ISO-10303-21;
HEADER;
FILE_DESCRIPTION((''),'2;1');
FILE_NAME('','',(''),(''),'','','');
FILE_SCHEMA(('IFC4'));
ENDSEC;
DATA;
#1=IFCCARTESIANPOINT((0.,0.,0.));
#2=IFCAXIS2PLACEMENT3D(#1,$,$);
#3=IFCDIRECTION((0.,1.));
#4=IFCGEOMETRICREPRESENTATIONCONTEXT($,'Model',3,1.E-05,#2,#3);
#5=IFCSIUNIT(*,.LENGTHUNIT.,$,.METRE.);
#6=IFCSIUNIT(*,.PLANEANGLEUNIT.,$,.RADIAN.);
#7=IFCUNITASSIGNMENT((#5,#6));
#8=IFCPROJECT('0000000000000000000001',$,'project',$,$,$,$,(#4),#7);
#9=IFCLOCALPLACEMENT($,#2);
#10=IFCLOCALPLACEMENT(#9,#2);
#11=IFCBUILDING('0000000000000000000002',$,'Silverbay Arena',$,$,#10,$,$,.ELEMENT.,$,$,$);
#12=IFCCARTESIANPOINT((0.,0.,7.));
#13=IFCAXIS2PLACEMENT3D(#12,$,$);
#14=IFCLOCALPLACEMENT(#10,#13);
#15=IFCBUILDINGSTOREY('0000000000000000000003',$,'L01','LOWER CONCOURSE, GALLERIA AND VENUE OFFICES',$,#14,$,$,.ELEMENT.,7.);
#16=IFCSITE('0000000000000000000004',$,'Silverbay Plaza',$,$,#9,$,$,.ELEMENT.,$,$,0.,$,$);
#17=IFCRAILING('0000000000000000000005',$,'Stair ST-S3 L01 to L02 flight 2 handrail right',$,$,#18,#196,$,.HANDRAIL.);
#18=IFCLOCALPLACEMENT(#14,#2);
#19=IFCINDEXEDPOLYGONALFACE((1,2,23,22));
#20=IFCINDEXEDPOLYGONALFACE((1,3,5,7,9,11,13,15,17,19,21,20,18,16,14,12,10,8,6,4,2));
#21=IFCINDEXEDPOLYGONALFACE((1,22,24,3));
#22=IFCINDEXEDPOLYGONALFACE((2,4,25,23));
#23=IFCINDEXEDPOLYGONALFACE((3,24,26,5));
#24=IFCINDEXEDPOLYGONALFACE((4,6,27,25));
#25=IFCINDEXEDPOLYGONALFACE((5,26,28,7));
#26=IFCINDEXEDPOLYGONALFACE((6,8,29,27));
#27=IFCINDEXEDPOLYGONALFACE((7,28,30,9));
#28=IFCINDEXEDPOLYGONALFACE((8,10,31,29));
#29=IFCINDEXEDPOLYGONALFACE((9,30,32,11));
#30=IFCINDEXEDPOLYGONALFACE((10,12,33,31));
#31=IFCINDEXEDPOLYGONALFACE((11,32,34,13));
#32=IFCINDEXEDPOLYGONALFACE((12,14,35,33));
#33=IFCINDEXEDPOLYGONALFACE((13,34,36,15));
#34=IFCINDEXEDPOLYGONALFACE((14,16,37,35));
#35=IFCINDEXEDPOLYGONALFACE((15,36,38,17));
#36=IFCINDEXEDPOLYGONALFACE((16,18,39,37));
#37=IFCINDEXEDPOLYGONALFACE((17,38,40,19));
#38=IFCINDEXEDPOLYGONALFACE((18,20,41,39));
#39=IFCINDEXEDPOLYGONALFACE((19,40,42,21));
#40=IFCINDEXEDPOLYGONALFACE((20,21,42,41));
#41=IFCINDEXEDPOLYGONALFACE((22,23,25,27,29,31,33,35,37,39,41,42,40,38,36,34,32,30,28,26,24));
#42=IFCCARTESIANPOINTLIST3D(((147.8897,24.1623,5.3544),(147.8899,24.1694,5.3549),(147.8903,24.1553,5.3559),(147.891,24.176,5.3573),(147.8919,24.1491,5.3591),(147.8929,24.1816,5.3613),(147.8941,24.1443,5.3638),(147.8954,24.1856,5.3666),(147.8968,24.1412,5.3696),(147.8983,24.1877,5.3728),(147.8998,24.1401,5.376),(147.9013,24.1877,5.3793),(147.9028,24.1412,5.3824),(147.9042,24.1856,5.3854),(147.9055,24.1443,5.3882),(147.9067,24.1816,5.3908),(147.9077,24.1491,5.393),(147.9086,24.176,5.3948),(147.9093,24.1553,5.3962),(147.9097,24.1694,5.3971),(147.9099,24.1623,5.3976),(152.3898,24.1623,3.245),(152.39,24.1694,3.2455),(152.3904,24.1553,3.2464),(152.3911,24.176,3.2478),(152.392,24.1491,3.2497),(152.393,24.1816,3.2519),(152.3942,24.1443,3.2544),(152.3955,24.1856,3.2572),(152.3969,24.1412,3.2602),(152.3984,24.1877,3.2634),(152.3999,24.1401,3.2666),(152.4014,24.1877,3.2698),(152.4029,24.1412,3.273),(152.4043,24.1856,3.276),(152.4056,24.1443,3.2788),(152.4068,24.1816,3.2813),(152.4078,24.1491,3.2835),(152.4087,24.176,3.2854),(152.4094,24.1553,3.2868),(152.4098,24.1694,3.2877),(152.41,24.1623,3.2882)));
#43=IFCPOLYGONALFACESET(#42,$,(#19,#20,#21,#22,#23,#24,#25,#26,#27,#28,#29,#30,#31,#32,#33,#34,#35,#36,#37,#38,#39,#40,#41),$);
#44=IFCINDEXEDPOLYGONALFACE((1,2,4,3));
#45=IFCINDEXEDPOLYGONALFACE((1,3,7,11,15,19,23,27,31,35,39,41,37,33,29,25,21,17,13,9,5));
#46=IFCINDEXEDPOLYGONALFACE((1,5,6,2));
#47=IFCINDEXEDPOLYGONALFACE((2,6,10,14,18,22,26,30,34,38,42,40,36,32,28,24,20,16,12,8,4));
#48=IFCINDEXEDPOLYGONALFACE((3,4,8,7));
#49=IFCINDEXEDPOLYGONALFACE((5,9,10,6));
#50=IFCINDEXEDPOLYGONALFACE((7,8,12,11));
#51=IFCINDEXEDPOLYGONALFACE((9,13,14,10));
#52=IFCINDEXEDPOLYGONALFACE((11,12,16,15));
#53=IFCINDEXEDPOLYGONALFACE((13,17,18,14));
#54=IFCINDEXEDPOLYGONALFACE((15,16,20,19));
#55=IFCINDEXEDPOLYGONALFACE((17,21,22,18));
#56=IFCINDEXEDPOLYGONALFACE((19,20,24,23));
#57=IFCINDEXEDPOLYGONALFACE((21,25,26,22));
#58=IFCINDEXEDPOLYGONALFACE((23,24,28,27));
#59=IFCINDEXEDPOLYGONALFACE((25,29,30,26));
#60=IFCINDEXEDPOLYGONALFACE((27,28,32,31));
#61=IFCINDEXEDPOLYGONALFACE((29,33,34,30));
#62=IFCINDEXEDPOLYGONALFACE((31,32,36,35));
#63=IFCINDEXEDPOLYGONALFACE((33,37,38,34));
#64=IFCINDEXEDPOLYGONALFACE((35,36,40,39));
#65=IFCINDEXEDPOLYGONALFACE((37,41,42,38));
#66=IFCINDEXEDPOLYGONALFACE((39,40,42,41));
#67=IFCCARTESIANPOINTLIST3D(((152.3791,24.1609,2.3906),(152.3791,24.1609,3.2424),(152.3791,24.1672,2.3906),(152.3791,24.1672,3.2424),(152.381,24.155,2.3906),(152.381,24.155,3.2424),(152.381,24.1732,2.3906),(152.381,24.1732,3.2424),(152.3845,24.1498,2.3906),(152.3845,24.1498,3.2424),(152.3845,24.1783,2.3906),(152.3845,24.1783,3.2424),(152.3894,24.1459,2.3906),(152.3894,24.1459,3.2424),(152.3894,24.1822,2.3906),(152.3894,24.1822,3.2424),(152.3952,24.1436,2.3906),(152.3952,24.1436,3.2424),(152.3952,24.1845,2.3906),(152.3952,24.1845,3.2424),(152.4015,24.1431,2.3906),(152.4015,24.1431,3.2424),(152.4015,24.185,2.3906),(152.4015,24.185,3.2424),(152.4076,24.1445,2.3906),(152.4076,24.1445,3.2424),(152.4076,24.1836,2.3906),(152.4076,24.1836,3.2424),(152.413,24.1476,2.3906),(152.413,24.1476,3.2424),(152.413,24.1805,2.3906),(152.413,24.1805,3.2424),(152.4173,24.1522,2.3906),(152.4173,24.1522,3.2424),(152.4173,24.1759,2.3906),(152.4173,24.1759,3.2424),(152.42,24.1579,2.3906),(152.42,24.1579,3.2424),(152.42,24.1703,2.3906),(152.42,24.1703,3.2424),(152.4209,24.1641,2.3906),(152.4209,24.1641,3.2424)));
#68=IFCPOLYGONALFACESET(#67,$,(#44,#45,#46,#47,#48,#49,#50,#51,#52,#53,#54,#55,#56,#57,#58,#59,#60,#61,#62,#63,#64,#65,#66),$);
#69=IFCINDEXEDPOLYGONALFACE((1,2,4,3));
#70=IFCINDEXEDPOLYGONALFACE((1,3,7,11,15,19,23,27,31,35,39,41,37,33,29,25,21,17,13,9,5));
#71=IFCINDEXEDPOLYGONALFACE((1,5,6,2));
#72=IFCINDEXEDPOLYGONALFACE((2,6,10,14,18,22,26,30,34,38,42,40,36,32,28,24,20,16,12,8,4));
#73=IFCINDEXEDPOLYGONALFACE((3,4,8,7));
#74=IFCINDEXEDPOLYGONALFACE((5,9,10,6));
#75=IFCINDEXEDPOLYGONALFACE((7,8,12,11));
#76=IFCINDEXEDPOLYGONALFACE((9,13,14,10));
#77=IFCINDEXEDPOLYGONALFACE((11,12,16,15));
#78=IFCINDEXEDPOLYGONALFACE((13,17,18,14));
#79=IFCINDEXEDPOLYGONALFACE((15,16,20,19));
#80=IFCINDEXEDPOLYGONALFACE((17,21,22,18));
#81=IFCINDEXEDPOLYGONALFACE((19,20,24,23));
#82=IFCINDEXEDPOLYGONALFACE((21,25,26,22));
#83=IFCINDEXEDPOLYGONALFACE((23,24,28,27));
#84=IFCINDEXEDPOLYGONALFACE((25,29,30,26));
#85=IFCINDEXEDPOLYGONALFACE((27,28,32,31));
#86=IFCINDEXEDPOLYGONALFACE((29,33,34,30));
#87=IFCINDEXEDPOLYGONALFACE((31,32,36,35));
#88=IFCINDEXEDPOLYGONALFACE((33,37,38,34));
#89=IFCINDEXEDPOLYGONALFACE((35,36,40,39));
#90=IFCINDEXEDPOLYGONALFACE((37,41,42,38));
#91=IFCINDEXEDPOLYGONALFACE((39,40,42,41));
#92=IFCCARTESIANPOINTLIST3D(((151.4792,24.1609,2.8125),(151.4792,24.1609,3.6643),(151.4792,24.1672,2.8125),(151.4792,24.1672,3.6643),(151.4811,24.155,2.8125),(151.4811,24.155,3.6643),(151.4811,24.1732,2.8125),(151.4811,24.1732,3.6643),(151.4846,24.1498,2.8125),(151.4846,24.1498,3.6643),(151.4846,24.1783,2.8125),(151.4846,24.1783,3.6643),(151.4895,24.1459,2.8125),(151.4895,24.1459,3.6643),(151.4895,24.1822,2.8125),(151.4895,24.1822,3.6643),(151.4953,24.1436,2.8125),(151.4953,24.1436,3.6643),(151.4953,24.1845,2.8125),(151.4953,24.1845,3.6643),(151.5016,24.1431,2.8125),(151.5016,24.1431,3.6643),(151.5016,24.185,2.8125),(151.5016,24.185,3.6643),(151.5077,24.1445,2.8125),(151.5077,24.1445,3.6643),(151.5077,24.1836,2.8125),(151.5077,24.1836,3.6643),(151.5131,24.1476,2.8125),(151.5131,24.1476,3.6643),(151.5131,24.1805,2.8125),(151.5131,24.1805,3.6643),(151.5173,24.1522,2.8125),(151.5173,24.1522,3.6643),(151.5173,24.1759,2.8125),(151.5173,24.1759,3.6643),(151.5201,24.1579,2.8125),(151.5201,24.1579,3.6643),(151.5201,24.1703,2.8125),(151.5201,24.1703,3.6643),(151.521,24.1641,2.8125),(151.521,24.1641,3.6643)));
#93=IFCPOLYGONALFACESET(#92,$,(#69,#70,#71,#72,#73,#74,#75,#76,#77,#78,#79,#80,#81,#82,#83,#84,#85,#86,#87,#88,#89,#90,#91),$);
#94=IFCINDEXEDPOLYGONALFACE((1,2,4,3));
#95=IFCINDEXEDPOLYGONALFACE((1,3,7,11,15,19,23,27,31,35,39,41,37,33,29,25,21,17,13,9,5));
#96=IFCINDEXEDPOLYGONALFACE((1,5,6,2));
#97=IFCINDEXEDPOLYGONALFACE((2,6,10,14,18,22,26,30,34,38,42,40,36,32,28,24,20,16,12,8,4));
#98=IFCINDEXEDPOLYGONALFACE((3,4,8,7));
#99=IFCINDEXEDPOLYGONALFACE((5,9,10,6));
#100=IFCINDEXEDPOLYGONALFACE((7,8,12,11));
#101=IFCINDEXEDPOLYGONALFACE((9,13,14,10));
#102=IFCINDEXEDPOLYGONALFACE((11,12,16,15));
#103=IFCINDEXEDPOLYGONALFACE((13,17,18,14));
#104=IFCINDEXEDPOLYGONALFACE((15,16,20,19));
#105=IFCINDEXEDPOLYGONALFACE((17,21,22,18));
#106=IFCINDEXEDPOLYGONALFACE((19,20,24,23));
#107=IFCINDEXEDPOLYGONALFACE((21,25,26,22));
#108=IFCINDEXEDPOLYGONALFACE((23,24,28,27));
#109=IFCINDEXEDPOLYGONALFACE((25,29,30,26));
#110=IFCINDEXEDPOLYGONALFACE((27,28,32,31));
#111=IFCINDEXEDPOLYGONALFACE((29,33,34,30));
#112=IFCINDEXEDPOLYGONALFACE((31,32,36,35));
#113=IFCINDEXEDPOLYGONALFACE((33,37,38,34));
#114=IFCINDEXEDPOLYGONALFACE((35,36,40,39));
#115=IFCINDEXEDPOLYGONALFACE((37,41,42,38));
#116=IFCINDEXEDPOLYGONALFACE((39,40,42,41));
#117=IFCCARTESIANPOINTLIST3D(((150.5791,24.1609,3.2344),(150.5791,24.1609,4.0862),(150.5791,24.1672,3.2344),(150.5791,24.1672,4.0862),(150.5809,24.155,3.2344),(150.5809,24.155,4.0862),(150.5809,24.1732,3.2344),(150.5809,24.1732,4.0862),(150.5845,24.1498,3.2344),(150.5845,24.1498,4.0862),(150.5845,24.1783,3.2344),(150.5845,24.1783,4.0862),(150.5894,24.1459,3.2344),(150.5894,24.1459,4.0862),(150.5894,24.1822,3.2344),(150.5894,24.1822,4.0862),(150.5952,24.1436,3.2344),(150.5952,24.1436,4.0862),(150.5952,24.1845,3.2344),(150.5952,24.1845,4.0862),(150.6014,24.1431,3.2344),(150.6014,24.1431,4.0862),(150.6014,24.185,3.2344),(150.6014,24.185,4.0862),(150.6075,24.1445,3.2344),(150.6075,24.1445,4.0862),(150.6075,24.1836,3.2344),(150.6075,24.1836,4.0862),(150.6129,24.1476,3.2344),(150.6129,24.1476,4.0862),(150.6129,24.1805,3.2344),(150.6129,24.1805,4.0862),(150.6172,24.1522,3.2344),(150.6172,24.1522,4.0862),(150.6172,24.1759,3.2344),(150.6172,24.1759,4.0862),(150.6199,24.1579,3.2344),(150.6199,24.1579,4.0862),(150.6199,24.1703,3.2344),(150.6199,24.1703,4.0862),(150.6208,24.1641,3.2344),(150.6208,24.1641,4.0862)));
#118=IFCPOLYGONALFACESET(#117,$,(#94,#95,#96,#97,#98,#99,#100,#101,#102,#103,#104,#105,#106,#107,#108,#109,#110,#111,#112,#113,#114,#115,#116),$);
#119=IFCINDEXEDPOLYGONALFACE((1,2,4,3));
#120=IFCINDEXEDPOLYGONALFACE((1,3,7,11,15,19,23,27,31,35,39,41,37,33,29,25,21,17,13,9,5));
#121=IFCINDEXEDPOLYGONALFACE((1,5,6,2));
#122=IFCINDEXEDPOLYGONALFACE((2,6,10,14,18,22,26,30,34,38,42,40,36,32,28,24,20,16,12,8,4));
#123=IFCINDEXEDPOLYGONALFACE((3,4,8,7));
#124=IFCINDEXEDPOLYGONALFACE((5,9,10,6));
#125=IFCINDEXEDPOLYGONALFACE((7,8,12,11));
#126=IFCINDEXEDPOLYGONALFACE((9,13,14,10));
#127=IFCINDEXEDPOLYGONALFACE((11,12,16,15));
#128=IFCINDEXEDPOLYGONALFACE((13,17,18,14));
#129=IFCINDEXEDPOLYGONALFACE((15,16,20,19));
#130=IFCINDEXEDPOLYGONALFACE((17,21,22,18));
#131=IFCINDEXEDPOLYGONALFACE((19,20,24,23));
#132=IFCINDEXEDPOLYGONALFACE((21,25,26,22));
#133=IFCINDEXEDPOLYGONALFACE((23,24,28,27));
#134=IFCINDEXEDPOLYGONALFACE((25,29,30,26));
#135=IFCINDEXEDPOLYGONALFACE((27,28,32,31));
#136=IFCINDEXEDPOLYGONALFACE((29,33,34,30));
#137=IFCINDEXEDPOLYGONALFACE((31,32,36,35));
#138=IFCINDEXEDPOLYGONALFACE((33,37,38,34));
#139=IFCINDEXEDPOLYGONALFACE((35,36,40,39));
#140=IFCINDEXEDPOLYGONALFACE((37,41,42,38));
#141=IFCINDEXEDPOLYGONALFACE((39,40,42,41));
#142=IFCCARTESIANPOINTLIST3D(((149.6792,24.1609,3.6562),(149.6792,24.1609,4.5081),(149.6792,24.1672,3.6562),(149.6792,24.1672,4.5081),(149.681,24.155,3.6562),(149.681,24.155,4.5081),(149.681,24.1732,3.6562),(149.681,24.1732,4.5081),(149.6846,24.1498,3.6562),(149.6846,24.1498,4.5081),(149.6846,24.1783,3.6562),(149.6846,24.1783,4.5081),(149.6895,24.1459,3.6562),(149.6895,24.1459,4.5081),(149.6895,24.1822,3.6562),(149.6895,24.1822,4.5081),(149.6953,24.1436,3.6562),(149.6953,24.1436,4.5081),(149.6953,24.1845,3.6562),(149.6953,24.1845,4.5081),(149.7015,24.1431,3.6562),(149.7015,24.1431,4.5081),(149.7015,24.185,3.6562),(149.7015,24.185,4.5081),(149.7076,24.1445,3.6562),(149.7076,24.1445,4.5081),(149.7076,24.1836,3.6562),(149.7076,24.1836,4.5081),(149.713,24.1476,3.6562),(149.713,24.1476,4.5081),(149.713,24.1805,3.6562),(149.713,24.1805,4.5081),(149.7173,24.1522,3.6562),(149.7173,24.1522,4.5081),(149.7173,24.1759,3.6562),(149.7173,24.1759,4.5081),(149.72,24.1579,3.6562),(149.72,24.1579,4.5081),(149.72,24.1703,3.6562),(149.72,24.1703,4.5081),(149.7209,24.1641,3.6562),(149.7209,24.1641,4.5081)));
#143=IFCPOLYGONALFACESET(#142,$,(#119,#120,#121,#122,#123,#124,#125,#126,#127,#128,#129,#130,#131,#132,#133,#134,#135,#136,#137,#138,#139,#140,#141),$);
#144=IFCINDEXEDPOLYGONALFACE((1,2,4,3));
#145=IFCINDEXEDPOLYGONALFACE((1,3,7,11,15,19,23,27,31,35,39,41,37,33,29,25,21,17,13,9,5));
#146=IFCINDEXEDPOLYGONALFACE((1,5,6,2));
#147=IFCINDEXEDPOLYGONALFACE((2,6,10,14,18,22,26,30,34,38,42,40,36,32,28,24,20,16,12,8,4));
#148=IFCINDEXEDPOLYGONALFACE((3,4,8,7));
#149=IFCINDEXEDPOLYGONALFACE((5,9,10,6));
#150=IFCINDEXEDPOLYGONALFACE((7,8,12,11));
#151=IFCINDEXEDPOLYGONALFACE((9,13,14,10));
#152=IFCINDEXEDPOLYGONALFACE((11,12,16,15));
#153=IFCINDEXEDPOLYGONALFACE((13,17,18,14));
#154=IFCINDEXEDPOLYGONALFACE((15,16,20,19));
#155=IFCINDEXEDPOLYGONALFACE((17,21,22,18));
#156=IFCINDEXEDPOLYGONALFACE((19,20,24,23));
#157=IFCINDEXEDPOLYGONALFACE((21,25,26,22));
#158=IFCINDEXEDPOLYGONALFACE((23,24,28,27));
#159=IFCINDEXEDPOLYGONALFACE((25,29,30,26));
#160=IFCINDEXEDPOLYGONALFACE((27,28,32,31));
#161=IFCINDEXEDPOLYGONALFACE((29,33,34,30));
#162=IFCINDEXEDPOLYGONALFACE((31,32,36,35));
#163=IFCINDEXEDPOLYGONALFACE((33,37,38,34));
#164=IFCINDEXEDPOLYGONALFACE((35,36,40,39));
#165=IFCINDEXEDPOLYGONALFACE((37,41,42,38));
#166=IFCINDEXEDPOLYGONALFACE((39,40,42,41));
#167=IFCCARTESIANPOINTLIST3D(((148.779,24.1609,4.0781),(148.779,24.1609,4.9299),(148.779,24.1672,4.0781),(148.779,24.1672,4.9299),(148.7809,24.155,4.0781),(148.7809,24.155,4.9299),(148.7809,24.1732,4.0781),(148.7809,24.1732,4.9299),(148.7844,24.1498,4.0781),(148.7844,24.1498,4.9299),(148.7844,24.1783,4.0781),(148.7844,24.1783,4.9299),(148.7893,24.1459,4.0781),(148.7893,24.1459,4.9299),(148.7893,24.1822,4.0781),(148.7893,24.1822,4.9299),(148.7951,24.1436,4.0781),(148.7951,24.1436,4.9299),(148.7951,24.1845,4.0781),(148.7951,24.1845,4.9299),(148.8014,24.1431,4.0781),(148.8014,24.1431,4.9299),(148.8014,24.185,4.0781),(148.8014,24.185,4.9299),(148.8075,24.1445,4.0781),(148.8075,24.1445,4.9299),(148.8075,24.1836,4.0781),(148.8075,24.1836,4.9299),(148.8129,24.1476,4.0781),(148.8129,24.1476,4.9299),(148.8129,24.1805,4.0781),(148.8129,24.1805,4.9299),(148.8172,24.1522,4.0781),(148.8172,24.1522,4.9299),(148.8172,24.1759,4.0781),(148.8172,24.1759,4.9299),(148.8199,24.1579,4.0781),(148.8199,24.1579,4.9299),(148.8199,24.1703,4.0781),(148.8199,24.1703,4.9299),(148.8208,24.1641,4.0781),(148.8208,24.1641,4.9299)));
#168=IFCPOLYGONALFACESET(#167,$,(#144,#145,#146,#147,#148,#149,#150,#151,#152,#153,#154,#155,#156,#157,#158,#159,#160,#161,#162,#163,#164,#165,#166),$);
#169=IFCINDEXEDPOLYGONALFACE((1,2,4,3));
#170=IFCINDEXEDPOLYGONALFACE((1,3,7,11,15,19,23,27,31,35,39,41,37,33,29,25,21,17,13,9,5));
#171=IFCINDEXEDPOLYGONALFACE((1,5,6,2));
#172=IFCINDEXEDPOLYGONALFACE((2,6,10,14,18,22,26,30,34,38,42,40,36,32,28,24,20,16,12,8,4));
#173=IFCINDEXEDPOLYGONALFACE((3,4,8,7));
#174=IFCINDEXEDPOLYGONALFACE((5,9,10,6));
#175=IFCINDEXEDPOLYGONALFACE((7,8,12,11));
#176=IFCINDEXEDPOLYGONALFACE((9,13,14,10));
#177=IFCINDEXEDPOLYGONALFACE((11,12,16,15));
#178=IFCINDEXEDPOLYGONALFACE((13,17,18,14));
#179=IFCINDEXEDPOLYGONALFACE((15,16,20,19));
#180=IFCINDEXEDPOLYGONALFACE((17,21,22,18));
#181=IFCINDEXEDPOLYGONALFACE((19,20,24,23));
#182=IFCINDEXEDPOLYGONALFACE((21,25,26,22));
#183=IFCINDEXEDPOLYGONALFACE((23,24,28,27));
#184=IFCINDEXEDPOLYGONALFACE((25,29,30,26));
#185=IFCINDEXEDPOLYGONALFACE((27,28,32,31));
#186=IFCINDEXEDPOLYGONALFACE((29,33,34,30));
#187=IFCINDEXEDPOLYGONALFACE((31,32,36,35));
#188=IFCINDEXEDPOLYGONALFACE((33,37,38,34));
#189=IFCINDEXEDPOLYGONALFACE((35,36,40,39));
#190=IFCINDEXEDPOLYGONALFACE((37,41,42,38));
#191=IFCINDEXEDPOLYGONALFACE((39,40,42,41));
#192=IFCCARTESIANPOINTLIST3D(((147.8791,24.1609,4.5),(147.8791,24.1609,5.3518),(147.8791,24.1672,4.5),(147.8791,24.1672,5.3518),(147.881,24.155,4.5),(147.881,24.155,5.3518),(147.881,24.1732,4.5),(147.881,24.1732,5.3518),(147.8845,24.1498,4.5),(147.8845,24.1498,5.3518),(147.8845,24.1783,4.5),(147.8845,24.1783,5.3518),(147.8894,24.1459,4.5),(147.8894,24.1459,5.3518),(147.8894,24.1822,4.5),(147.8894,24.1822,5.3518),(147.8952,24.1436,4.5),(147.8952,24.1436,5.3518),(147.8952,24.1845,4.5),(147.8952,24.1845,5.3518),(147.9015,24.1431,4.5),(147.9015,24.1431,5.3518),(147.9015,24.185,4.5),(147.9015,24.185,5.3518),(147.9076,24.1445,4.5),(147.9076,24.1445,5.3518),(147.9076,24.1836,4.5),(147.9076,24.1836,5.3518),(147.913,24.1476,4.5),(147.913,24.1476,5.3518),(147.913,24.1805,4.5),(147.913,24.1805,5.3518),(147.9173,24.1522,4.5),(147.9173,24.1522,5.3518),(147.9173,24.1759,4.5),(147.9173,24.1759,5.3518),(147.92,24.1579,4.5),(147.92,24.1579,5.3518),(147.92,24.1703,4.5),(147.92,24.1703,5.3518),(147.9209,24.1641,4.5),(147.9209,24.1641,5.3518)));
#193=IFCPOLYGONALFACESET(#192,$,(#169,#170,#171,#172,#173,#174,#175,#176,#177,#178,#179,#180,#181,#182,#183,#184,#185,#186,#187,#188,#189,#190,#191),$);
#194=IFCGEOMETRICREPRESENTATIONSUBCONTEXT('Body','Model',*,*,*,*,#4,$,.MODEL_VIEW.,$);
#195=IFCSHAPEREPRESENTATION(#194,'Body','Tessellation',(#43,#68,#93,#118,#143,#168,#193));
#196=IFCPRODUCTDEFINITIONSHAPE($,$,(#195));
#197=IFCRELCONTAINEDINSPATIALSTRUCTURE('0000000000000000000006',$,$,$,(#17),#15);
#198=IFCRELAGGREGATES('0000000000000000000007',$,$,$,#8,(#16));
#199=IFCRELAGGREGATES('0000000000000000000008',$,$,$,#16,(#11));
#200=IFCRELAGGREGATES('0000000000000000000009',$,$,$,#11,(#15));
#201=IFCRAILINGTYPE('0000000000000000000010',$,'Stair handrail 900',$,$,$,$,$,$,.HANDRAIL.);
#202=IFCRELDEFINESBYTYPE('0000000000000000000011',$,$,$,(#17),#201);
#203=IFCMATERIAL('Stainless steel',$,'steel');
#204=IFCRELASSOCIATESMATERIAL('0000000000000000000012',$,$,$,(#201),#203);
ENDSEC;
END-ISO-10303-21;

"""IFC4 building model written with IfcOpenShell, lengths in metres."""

from ifc_helpers import new_model, si_unit, direction, frame, origin, origin_2d, place, context, subcontext, project, spatial, circle, extrude, material, type_object, element, save


model = new_model("IFC4")

# Units and contexts
model_context = context("Model", 3, precision=1e-05, world=origin(), true_north=direction((0.0, 1.0)))
body_context = subcontext(model_context, "Body", "Model", "MODEL_VIEW")
ifc_project = project(units=[si_unit("LENGTHUNIT", "METRE"), si_unit("PLANEANGLEUNIT", "RADIAN")], contexts=[model_context])

# Site, building, storey
site_placement = place(None, origin())
site = spatial("IfcSite", under=ifc_project, at=site_placement, Name="Silverbay Plaza", CompositionType="ELEMENT", RefElevation=0.0)
building_placement = place(site_placement, origin())
building = spatial("IfcBuilding", under=site, at=building_placement, Name="Silverbay Arena", CompositionType="ELEMENT")
storey_placement = place(building_placement, frame((0.0, 0.0, 7.0)))
storey = spatial("IfcBuildingStorey", under=building, at=storey_placement, Name="L01", Description="LOWER CONCOURSE, GALLERIA AND VENUE OFFICES", CompositionType="ELEMENT", Elevation=7.0)

# Railing
ifc_material_1 = material(Name="Stainless steel", Category="steel")
railing_type_1 = type_object("IfcRailingType", Name="Stair handrail 900", PredefinedType="HANDRAIL", material=ifc_material_1)
for number, where, name in (
    (1, (152.3999, 24.1641, 2.3906), "Stair ST-S3 L01 to L02 flight 2 handrail right"),
):
    element("IfcRailing", number, at=place(storey_placement, frame(where)), inside=storey, type_object=railing_type_1, Name=name, PredefinedType="HANDRAIL", context=body_context, shape_type="SweptSolid", body=[
        extrude(circle(Radius=0.0239, at=origin_2d()), frame((0.0, 0.0, 0.876), z_axis=(-0.905459, 0.0, 0.424434), x_axis=(0.0, -1.0, 0.0)), (0.0, 0.0, 1.0), 4.97),
        extrude(circle(Radius=0.021, at=origin_2d()), origin(), (0.0, 0.0, 1.0), 0.8518),
        extrude(circle(Radius=0.021, at=origin_2d()), frame((-0.8999, 0.0, 0.4219)), (0.0, 0.0, 1.0), 0.8518),
        extrude(circle(Radius=0.021, at=origin_2d()), frame((-1.8, 0.0, 0.8438)), (0.0, 0.0, 1.0), 0.8518),
        extrude(circle(Radius=0.021, at=origin_2d()), frame((-2.7, 0.0, 1.2656)), (0.0, 0.0, 1.0), 0.8518),
        extrude(circle(Radius=0.021, at=origin_2d()), frame((-3.6001, 0.0, 1.6875)), (0.0, 0.0, 1.0), 0.8518),
        extrude(circle(Radius=0.021, at=origin_2d()), frame((-4.5, 0.0, 2.1094)), (0.0, 0.0, 1.0), 0.8518),
    ])

save(model, "model.ifc")
